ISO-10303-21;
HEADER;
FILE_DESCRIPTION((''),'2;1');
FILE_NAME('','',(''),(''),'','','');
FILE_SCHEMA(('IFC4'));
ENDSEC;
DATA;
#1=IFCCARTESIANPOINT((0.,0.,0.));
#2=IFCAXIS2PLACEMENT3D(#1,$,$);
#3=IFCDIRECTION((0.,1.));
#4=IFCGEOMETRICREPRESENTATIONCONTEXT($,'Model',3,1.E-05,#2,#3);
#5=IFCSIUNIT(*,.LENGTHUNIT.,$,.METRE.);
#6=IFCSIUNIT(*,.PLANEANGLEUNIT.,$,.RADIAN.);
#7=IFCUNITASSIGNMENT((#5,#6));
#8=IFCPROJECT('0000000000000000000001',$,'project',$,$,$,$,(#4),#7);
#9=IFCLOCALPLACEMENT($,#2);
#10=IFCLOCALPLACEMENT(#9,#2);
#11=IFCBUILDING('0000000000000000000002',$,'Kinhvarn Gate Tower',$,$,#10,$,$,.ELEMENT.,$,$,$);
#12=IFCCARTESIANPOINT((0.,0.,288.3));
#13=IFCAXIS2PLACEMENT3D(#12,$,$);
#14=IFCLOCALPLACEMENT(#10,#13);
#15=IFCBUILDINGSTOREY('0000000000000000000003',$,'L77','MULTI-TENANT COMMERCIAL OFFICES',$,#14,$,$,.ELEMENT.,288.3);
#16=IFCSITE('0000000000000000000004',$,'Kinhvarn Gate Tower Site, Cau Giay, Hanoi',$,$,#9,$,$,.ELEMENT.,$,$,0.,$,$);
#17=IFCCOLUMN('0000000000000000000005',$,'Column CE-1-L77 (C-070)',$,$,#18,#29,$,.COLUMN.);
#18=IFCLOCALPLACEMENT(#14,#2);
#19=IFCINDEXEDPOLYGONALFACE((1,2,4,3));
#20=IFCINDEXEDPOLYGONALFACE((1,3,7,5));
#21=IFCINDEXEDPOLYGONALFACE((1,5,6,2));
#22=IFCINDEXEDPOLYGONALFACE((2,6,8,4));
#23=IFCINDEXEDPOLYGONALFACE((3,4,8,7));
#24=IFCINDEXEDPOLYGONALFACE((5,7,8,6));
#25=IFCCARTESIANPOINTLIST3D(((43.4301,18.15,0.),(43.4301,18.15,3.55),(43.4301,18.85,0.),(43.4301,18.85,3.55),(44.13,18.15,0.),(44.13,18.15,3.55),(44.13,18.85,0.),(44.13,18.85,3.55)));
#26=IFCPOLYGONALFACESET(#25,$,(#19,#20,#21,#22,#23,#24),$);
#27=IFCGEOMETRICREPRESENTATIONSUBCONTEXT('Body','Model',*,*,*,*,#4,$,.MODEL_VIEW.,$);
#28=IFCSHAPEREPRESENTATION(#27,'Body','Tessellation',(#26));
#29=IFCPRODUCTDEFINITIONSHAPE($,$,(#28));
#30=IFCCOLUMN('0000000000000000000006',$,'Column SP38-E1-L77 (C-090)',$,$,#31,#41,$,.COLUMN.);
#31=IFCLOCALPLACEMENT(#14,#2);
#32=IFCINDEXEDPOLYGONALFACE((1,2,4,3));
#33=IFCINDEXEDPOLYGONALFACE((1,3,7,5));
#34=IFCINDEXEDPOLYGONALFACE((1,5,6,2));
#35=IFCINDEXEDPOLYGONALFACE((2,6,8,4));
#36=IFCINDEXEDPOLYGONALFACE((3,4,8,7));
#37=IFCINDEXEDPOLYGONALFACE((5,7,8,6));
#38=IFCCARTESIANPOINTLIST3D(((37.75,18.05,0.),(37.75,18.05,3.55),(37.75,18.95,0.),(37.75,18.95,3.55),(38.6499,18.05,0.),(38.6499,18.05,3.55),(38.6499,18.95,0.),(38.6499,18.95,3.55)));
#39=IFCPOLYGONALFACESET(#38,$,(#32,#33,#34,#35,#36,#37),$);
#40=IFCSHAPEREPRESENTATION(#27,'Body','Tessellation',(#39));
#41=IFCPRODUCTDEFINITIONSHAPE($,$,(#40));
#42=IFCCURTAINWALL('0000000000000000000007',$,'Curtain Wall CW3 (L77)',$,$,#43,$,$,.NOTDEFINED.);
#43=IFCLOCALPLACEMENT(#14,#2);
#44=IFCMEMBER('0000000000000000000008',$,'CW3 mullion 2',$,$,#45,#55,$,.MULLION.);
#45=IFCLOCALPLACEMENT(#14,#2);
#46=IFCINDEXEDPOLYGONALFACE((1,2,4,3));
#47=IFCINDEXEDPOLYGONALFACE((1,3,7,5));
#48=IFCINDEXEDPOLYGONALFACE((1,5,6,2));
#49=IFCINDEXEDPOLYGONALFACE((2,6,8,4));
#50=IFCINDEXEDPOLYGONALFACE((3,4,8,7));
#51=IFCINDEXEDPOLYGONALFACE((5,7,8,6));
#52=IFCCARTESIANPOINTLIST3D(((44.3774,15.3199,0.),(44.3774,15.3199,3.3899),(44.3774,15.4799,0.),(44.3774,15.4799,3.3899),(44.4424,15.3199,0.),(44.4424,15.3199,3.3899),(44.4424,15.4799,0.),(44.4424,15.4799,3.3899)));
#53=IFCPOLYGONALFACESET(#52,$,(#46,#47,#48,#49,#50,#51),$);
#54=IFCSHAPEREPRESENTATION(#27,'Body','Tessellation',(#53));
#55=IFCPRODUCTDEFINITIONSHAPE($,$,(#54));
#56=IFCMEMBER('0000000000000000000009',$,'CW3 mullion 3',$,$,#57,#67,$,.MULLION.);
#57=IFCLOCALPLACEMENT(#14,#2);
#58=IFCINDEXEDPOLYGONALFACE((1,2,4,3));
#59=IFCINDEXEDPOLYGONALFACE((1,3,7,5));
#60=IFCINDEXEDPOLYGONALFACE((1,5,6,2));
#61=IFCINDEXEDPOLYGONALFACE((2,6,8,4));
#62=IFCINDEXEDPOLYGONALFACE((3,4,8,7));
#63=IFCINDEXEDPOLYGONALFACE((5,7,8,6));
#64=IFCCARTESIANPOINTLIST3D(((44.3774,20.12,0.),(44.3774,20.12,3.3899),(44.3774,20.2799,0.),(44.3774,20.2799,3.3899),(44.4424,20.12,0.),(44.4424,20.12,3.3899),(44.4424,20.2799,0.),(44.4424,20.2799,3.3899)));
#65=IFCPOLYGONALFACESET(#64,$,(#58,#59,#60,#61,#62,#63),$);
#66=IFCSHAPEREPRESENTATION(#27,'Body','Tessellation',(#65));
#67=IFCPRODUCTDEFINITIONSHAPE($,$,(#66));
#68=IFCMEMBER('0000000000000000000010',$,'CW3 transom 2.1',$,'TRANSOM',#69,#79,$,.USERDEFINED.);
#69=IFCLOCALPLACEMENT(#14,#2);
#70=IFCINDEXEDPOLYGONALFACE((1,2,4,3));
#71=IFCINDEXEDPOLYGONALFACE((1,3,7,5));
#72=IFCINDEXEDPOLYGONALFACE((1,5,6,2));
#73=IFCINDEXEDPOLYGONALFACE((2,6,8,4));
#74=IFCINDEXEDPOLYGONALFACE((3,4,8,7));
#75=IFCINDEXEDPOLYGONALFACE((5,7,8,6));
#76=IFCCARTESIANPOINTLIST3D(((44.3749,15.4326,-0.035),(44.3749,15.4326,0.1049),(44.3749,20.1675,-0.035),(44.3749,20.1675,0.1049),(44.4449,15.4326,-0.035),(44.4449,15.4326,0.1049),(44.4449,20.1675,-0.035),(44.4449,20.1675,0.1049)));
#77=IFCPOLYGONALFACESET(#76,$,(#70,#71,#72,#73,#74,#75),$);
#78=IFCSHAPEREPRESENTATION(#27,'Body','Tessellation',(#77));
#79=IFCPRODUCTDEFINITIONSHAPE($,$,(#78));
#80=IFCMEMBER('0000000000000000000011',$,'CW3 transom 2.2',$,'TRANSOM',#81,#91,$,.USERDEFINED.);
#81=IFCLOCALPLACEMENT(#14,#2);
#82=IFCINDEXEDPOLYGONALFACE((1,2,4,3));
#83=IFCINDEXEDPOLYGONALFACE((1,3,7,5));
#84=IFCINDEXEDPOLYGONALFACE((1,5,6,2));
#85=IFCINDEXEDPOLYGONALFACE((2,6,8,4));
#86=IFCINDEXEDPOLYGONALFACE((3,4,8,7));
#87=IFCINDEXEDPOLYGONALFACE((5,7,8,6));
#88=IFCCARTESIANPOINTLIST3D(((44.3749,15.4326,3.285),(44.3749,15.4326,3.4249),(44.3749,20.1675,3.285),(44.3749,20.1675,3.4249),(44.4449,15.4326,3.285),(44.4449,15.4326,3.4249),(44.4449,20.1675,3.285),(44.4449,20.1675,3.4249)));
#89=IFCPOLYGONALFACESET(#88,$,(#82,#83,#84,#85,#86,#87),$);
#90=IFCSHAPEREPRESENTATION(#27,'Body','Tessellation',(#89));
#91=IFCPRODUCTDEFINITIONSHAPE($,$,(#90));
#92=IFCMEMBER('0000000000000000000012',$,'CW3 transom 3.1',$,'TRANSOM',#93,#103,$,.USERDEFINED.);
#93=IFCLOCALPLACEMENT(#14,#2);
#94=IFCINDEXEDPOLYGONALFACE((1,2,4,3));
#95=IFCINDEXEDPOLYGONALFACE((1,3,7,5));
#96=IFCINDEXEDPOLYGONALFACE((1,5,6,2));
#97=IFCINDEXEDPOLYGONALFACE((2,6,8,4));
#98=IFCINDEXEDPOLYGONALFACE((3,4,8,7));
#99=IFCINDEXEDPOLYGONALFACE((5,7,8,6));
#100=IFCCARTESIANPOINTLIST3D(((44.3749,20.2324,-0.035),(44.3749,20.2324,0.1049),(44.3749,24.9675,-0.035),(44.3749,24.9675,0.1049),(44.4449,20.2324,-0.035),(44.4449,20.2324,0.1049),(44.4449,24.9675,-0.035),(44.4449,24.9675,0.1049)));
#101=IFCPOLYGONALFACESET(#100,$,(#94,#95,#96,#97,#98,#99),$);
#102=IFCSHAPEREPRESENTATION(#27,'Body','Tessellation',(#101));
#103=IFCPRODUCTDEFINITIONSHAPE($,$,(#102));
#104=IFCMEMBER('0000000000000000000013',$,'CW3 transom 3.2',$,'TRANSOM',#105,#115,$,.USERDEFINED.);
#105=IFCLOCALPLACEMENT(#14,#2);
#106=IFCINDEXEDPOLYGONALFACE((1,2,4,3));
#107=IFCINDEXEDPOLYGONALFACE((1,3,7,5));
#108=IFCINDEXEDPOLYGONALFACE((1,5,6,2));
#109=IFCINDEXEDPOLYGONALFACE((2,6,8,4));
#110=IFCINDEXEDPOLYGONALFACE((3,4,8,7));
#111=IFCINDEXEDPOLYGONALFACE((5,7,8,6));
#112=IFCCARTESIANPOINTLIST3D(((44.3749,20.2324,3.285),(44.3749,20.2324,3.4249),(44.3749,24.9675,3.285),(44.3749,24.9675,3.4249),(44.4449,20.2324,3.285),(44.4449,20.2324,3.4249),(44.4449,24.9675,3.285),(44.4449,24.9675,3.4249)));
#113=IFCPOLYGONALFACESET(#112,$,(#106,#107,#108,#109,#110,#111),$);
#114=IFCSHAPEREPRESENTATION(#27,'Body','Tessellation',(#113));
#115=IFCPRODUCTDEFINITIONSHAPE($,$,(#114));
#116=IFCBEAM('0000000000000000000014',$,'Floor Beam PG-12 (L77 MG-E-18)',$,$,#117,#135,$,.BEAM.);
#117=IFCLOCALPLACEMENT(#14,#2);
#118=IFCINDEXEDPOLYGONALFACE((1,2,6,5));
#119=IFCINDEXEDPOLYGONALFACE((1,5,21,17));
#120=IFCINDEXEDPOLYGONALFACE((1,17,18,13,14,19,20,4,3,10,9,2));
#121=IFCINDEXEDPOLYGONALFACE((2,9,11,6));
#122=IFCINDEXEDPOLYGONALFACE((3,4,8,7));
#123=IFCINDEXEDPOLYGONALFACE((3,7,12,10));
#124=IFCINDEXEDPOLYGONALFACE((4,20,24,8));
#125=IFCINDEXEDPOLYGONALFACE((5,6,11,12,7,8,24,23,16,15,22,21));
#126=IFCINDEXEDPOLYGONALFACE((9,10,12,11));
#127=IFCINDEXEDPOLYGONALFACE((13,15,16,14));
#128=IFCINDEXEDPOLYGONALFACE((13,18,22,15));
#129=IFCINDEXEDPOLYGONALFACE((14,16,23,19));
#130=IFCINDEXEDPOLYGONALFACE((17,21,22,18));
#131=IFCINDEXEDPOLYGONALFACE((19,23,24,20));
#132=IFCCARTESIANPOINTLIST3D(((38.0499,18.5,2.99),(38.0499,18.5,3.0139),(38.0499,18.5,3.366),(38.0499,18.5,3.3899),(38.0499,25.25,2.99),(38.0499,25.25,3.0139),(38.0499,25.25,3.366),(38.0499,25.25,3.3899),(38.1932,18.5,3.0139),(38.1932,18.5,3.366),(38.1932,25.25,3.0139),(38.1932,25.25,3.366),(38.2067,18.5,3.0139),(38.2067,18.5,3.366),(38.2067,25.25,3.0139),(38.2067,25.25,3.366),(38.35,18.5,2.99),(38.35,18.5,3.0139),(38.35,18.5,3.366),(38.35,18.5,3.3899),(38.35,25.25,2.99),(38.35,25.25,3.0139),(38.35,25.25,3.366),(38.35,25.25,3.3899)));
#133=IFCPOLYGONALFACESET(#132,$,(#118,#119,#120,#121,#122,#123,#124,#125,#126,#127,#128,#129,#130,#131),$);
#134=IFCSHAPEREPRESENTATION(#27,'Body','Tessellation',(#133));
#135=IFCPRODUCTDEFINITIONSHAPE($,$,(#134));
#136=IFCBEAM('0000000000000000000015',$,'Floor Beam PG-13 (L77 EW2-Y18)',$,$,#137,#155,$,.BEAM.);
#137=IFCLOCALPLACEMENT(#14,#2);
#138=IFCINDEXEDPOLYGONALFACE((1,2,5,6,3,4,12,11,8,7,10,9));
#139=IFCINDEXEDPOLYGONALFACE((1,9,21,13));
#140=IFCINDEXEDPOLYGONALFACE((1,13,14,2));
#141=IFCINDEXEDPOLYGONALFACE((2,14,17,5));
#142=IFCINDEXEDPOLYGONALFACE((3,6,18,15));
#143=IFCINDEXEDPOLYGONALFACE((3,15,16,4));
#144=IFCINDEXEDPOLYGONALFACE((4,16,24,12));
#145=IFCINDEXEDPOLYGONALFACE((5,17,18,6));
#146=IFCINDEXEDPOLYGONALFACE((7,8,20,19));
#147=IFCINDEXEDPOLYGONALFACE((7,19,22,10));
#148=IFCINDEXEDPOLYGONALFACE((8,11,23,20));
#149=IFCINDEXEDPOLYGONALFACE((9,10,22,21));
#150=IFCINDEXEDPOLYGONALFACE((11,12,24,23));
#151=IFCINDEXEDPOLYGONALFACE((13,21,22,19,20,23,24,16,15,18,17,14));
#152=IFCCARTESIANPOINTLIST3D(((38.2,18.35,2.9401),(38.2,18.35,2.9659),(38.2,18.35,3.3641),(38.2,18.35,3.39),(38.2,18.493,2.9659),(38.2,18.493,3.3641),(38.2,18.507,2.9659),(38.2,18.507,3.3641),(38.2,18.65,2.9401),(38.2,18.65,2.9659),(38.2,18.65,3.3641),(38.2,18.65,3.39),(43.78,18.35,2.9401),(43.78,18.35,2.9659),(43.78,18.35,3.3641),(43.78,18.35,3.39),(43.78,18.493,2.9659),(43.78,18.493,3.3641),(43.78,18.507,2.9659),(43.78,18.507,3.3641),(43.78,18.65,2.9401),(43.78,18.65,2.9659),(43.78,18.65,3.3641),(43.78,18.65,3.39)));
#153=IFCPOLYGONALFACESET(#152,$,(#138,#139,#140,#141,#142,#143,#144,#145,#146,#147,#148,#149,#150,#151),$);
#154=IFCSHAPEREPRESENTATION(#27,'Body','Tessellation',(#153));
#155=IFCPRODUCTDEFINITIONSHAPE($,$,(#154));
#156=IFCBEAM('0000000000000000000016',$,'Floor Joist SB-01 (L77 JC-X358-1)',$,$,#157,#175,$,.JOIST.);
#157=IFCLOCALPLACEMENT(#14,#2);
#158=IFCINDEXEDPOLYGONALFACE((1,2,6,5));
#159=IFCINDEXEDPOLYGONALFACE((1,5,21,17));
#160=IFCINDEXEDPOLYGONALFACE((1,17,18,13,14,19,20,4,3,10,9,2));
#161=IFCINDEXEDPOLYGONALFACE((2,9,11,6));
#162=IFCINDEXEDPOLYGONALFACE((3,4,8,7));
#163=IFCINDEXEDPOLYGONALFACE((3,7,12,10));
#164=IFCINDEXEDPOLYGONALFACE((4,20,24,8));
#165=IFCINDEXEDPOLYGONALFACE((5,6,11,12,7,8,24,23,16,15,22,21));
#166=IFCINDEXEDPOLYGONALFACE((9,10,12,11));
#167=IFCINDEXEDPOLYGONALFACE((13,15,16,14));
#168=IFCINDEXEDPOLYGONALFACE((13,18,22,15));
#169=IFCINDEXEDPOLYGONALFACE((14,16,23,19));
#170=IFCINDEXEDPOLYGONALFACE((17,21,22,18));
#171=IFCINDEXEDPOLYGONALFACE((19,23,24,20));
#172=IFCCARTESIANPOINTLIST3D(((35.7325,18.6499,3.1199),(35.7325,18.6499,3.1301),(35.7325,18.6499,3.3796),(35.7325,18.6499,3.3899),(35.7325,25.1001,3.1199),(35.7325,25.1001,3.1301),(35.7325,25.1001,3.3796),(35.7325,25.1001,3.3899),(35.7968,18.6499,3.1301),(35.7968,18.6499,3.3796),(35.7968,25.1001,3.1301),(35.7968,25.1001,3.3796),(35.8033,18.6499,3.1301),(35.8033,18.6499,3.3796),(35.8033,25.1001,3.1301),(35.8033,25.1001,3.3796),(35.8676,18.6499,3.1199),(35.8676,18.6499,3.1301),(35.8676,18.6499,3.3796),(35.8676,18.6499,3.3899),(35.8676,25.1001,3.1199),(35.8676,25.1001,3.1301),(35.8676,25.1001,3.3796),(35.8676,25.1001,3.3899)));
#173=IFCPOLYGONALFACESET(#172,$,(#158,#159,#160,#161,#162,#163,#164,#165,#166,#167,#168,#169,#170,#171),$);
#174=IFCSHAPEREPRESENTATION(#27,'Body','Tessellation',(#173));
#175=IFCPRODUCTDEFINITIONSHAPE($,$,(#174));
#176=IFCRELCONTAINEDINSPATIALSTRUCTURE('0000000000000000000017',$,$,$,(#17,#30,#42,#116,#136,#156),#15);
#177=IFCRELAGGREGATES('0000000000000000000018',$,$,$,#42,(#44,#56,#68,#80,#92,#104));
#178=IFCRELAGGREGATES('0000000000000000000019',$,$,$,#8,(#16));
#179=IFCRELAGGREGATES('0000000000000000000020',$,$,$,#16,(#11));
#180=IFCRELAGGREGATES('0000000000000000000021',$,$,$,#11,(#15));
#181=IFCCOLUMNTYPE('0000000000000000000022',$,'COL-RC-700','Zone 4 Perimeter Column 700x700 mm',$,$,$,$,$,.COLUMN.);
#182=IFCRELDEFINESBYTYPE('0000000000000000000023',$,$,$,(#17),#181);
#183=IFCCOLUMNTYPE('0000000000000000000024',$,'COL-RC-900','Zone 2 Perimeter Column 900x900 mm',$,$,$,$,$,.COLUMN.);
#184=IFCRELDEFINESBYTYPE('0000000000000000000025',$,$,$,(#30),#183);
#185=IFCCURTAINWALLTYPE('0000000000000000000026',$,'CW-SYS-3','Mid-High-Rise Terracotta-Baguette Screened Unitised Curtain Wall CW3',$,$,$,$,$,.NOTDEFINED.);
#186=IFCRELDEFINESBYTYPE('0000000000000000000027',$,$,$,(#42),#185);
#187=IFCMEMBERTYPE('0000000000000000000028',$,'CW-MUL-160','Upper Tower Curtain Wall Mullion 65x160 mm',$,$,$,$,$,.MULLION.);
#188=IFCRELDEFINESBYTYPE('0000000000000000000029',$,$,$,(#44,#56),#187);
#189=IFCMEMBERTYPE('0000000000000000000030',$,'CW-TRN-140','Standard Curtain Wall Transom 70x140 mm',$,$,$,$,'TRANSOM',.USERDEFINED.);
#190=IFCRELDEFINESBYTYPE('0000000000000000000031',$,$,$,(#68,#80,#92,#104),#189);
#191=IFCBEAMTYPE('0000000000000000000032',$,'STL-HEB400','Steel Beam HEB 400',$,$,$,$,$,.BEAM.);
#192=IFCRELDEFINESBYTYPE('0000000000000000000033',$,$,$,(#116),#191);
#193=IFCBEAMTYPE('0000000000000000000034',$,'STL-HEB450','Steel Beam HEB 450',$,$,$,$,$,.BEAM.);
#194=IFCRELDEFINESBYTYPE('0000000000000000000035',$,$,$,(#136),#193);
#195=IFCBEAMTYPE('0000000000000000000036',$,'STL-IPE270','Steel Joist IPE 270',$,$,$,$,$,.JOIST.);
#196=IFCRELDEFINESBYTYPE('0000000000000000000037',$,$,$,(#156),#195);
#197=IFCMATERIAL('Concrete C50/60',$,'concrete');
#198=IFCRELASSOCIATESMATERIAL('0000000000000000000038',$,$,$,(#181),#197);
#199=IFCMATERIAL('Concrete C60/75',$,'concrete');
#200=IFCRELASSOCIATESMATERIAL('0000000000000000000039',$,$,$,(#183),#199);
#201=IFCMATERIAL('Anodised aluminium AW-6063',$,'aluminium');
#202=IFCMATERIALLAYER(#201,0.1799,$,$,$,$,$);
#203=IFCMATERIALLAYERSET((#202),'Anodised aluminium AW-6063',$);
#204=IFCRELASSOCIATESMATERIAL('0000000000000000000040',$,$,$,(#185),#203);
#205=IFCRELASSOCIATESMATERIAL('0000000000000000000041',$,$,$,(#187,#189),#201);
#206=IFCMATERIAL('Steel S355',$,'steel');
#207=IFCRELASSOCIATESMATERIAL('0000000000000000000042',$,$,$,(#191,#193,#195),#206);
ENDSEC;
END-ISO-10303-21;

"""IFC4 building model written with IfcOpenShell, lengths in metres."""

from ifc_helpers import new_model, si_unit, direction, frame, origin, origin_2d, place, context, subcontext, project, spatial, rectangle, i_section, extrude, material, layer, layer_set, material_profile, profile_set, type_object, element, aggregate, save


model = new_model("IFC4")

# Units and contexts
model_context = context("Model", 3, precision=1e-05, world=origin(), true_north=direction((0.0, 1.0)))
body_context = subcontext(model_context, "Body", "Model", "MODEL_VIEW")
ifc_project = project(units=[si_unit("LENGTHUNIT", "METRE"), si_unit("PLANEANGLEUNIT", "RADIAN")], contexts=[model_context])

# Site, building, storey
site_placement = place(None, origin())
site = spatial("IfcSite", under=ifc_project, at=site_placement, Name="Kinhvarn Gate Tower Site, Cau Giay, Hanoi", CompositionType="ELEMENT", RefElevation=0.0)
building_placement = place(site_placement, origin())
building = spatial("IfcBuilding", under=site, at=building_placement, Name="Kinhvarn Gate Tower", CompositionType="ELEMENT")
storey_placement = place(building_placement, frame((0.0, 0.0, 288.3)))
storey = spatial("IfcBuildingStorey", under=building, at=storey_placement, Name="L77", Description="MULTI-TENANT COMMERCIAL OFFICES", CompositionType="ELEMENT", Elevation=288.3)

# Columns
ifc_material_1 = material(Name="Concrete C50/60", Category="concrete")
ifc_material_profile_1 = material_profile(ifc_material_1, rectangle(XDim=0.7, YDim=0.7, at=origin_2d()), Name="RC 700x700")
ifc_profile_set_1 = profile_set([ifc_material_profile_1], Name="Concrete C50/60")
column_type_1 = type_object("IfcColumnType", Name="COL-RC-700", Description="Zone 4 Perimeter Column 700x700 mm", PredefinedType="COLUMN", material=ifc_profile_set_1)
column_1_placement = place(storey_placement, frame((43.78, 18.5, 0.0), z_axis=(0.0, 0.0, 1.0), x_axis=(1.0, 0.0, 0.0)))
element("IfcColumn", 1, at=column_1_placement, inside=storey, type_object=column_type_1, Name="Column CE-1-L77 (C-070)", PredefinedType="COLUMN", context=body_context, shape_type="SweptSolid", body=[
    extrude(rectangle(XDim=0.7, YDim=0.7, at=origin_2d()), origin(), (0.0, 0.0, 1.0), 3.55),
])
ifc_material_2 = material(Name="Concrete C60/75", Category="concrete")
ifc_material_profile_2 = material_profile(ifc_material_2, rectangle(XDim=0.8999, YDim=0.8999, at=origin_2d()), Name="RC 900x900")
ifc_profile_set_2 = profile_set([ifc_material_profile_2], Name="Concrete C60/75")
column_type_2 = type_object("IfcColumnType", Name="COL-RC-900", Description="Zone 2 Perimeter Column 900x900 mm", PredefinedType="COLUMN", material=ifc_profile_set_2)
column_2_placement = place(storey_placement, frame((38.2, 18.5, 0.0), z_axis=(0.0, 0.0, 1.0), x_axis=(1.0, 0.0, 0.0)))
element("IfcColumn", 2, at=column_2_placement, inside=storey, type_object=column_type_2, Name="Column SP38-E1-L77 (C-090)", PredefinedType="COLUMN", context=body_context, shape_type="SweptSolid", body=[
    extrude(rectangle(XDim=0.8999, YDim=0.8999, at=origin_2d()), origin(), (0.0, 0.0, 1.0), 3.55),
])

# Curtain wall, members
ifc_material_3 = material(Name="Anodised aluminium AW-6063", Category="aluminium")
ifc_layer_1 = layer(ifc_material_3, 0.1799)
ifc_layer_set_1 = layer_set([ifc_layer_1], Name="Anodised aluminium AW-6063")
curtain_wall_type = type_object("IfcCurtainWallType", Name="CW-SYS-3", Description="Mid-High-Rise Terracotta-Baguette Screened Unitised Curtain Wall CW3", PredefinedType="NOTDEFINED", material=ifc_layer_set_1)
curtain_wall_placement = place(storey_placement, origin())
curtain_wall = element("IfcCurtainWall", 3, at=curtain_wall_placement, inside=storey, type_object=curtain_wall_type, Name="Curtain Wall CW3 (L77)", PredefinedType="NOTDEFINED")
ifc_material_profile_3 = material_profile(ifc_material_3, rectangle(XDim=0.0649, YDim=0.1599, at=origin_2d()), Name="ALU 65x160")
ifc_profile_set_3 = profile_set([ifc_material_profile_3], Name="Anodised aluminium AW-6063")
member_type_1 = type_object("IfcMemberType", Name="CW-MUL-160", Description="Upper Tower Curtain Wall Mullion 65x160 mm", PredefinedType="MULLION", material=ifc_profile_set_3)
member_1_placement = place(storey_placement, frame((44.4099, 15.3999, 0.0), z_axis=(0.0, 0.0, 1.0), x_axis=(-1.0, 0.0, 0.0)))
member_1 = element("IfcMember", 4, at=member_1_placement, type_object=member_type_1, Name="CW3 mullion 2", PredefinedType="MULLION", context=body_context, shape_type="SweptSolid", body=[
    extrude(rectangle(XDim=0.0649, YDim=0.1599, at=origin_2d()), origin(), (0.0, 0.0, 1.0), 3.3899),
])
member_2_placement = place(storey_placement, frame((44.4099, 20.2, 0.0), z_axis=(0.0, 0.0, 1.0), x_axis=(-1.0, 0.0, 0.0)))
member_2 = element("IfcMember", 5, at=member_2_placement, type_object=member_type_1, Name="CW3 mullion 3", PredefinedType="MULLION", context=body_context, shape_type="SweptSolid", body=[
    extrude(rectangle(XDim=0.0649, YDim=0.1599, at=origin_2d()), origin(), (0.0, 0.0, 1.0), 3.3899),
])
ifc_material_profile_4 = material_profile(ifc_material_3, rectangle(XDim=0.0701, YDim=0.1399, at=origin_2d()), Name="ALU 70x140")
ifc_profile_set_4 = profile_set([ifc_material_profile_4], Name="Anodised aluminium AW-6063")
member_type_2 = type_object("IfcMemberType", Name="CW-TRN-140", Description="Standard Curtain Wall Transom 70x140 mm", ElementType="TRANSOM", PredefinedType="USERDEFINED", material=ifc_profile_set_4)
member_3_placement = place(storey_placement, frame((44.4099, 15.4326, 0.0349), z_axis=(0.0, 1.0, 0.0), x_axis=(-1.0, 0.0, 0.0)))
member_3 = element("IfcMember", 6, at=member_3_placement, type_object=member_type_2, Name="CW3 transom 2.1", ObjectType="TRANSOM", PredefinedType="USERDEFINED", context=body_context, shape_type="SweptSolid", body=[
    extrude(rectangle(XDim=0.0701, YDim=0.1399, at=origin_2d()), origin(), (0.0, 0.0, 1.0), 4.7349),
])
member_4_placement = place(storey_placement, frame((44.4099, 15.4326, 3.355), z_axis=(0.0, 1.0, 0.0), x_axis=(-1.0, 0.0, 0.0)))
member_4 = element("IfcMember", 7, at=member_4_placement, type_object=member_type_2, Name="CW3 transom 2.2", ObjectType="TRANSOM", PredefinedType="USERDEFINED", context=body_context, shape_type="SweptSolid", body=[
    extrude(rectangle(XDim=0.0701, YDim=0.1399, at=origin_2d()), origin(), (0.0, 0.0, 1.0), 4.7349),
])
member_5_placement = place(storey_placement, frame((44.4099, 20.2324, 0.0349), z_axis=(0.0, 1.0, 0.0), x_axis=(-1.0, 0.0, 0.0)))
member_5 = element("IfcMember", 8, at=member_5_placement, type_object=member_type_2, Name="CW3 transom 3.1", ObjectType="TRANSOM", PredefinedType="USERDEFINED", context=body_context, shape_type="SweptSolid", body=[
    extrude(rectangle(XDim=0.0701, YDim=0.1399, at=origin_2d()), origin(), (0.0, 0.0, 1.0), 4.7351),
])
member_6_placement = place(storey_placement, frame((44.4099, 20.2324, 3.355), z_axis=(0.0, 1.0, 0.0), x_axis=(-1.0, 0.0, 0.0)))
member_6 = element("IfcMember", 9, at=member_6_placement, type_object=member_type_2, Name="CW3 transom 3.2", ObjectType="TRANSOM", PredefinedType="USERDEFINED", context=body_context, shape_type="SweptSolid", body=[
    extrude(rectangle(XDim=0.0701, YDim=0.1399, at=origin_2d()), origin(), (0.0, 0.0, 1.0), 4.7351),
])

# Beams
ifc_material_4 = material(Name="Steel S355", Category="steel")
ifc_material_profile_5 = material_profile(ifc_material_4, i_section(OverallWidth=0.3, OverallDepth=0.3999, WebThickness=0.0134, FlangeThickness=0.0239, at=origin_2d()), Name="HEB 400")
ifc_profile_set_5 = profile_set([ifc_material_profile_5], Name="Steel S355")
beam_type_1 = type_object("IfcBeamType", Name="STL-HEB400", Description="Steel Beam HEB 400", PredefinedType="BEAM", material=ifc_profile_set_5)
beam_1_placement = place(storey_placement, frame((38.2, 18.5, 3.1899), z_axis=(0.0, 1.0, 0.0), x_axis=(-1.0, 0.0, 0.0)))
element("IfcBeam", 10, at=beam_1_placement, inside=storey, type_object=beam_type_1, Name="Floor Beam PG-12 (L77 MG-E-18)", PredefinedType="BEAM", context=body_context, shape_type="SweptSolid", body=[
    extrude(i_section(OverallWidth=0.3, OverallDepth=0.3999, WebThickness=0.0134, FlangeThickness=0.0239, at=origin_2d()), origin(), (0.0, 0.0, 1.0), 6.75),
])
ifc_material_profile_6 = material_profile(ifc_material_4, i_section(OverallWidth=0.3, OverallDepth=0.45, WebThickness=0.0139, FlangeThickness=0.0259, at=origin_2d()), Name="HEB 450")
ifc_profile_set_6 = profile_set([ifc_material_profile_6], Name="Steel S355")
beam_type_2 = type_object("IfcBeamType", Name="STL-HEB450", Description="Steel Beam HEB 450", PredefinedType="BEAM", material=ifc_profile_set_6)
beam_2_placement = place(storey_placement, frame((38.2, 18.5, 3.165), z_axis=(1.0, 0.0, 0.0), x_axis=(0.0, 1.0, 0.0)))
element("IfcBeam", 11, at=beam_2_placement, inside=storey, type_object=beam_type_2, Name="Floor Beam PG-13 (L77 EW2-Y18)", PredefinedType="BEAM", context=body_context, shape_type="SweptSolid", body=[
    extrude(i_section(OverallWidth=0.3, OverallDepth=0.45, WebThickness=0.0139, FlangeThickness=0.0259, at=origin_2d()), origin(), (0.0, 0.0, 1.0), 5.5801),
])
ifc_material_profile_7 = material_profile(ifc_material_4, i_section(OverallWidth=0.135, OverallDepth=0.27, WebThickness=0.0066, FlangeThickness=0.0103, at=origin_2d()), Name="IPE 270")
ifc_profile_set_7 = profile_set([ifc_material_profile_7], Name="Steel S355")
beam_type_3 = type_object("IfcBeamType", Name="STL-IPE270", Description="Steel Joist IPE 270", PredefinedType="JOIST", material=ifc_profile_set_7)
for number, where, z_axis, x_axis, name in (
    (12, (35.8, 18.6499, 3.2549), (0.0, 1.0, 0.0), (-1.0, 0.0, 0.0), "Floor Joist SB-01 (L77 JC-X358-1)"),
):
    element("IfcBeam", number, at=place(storey_placement, frame(where, z_axis=z_axis, x_axis=x_axis)), inside=storey, type_object=beam_type_3, Name=name, PredefinedType="JOIST", context=body_context, shape_type="SweptSolid", body=[
        extrude(i_section(OverallWidth=0.135, OverallDepth=0.27, WebThickness=0.0066, FlangeThickness=0.0103, at=origin_2d()), origin(), (0.0, 0.0, 1.0), 6.4502),
    ])

aggregate(curtain_wall, [member_1, member_2, member_3, member_4, member_5, member_6])

save(model, "model.ifc")
